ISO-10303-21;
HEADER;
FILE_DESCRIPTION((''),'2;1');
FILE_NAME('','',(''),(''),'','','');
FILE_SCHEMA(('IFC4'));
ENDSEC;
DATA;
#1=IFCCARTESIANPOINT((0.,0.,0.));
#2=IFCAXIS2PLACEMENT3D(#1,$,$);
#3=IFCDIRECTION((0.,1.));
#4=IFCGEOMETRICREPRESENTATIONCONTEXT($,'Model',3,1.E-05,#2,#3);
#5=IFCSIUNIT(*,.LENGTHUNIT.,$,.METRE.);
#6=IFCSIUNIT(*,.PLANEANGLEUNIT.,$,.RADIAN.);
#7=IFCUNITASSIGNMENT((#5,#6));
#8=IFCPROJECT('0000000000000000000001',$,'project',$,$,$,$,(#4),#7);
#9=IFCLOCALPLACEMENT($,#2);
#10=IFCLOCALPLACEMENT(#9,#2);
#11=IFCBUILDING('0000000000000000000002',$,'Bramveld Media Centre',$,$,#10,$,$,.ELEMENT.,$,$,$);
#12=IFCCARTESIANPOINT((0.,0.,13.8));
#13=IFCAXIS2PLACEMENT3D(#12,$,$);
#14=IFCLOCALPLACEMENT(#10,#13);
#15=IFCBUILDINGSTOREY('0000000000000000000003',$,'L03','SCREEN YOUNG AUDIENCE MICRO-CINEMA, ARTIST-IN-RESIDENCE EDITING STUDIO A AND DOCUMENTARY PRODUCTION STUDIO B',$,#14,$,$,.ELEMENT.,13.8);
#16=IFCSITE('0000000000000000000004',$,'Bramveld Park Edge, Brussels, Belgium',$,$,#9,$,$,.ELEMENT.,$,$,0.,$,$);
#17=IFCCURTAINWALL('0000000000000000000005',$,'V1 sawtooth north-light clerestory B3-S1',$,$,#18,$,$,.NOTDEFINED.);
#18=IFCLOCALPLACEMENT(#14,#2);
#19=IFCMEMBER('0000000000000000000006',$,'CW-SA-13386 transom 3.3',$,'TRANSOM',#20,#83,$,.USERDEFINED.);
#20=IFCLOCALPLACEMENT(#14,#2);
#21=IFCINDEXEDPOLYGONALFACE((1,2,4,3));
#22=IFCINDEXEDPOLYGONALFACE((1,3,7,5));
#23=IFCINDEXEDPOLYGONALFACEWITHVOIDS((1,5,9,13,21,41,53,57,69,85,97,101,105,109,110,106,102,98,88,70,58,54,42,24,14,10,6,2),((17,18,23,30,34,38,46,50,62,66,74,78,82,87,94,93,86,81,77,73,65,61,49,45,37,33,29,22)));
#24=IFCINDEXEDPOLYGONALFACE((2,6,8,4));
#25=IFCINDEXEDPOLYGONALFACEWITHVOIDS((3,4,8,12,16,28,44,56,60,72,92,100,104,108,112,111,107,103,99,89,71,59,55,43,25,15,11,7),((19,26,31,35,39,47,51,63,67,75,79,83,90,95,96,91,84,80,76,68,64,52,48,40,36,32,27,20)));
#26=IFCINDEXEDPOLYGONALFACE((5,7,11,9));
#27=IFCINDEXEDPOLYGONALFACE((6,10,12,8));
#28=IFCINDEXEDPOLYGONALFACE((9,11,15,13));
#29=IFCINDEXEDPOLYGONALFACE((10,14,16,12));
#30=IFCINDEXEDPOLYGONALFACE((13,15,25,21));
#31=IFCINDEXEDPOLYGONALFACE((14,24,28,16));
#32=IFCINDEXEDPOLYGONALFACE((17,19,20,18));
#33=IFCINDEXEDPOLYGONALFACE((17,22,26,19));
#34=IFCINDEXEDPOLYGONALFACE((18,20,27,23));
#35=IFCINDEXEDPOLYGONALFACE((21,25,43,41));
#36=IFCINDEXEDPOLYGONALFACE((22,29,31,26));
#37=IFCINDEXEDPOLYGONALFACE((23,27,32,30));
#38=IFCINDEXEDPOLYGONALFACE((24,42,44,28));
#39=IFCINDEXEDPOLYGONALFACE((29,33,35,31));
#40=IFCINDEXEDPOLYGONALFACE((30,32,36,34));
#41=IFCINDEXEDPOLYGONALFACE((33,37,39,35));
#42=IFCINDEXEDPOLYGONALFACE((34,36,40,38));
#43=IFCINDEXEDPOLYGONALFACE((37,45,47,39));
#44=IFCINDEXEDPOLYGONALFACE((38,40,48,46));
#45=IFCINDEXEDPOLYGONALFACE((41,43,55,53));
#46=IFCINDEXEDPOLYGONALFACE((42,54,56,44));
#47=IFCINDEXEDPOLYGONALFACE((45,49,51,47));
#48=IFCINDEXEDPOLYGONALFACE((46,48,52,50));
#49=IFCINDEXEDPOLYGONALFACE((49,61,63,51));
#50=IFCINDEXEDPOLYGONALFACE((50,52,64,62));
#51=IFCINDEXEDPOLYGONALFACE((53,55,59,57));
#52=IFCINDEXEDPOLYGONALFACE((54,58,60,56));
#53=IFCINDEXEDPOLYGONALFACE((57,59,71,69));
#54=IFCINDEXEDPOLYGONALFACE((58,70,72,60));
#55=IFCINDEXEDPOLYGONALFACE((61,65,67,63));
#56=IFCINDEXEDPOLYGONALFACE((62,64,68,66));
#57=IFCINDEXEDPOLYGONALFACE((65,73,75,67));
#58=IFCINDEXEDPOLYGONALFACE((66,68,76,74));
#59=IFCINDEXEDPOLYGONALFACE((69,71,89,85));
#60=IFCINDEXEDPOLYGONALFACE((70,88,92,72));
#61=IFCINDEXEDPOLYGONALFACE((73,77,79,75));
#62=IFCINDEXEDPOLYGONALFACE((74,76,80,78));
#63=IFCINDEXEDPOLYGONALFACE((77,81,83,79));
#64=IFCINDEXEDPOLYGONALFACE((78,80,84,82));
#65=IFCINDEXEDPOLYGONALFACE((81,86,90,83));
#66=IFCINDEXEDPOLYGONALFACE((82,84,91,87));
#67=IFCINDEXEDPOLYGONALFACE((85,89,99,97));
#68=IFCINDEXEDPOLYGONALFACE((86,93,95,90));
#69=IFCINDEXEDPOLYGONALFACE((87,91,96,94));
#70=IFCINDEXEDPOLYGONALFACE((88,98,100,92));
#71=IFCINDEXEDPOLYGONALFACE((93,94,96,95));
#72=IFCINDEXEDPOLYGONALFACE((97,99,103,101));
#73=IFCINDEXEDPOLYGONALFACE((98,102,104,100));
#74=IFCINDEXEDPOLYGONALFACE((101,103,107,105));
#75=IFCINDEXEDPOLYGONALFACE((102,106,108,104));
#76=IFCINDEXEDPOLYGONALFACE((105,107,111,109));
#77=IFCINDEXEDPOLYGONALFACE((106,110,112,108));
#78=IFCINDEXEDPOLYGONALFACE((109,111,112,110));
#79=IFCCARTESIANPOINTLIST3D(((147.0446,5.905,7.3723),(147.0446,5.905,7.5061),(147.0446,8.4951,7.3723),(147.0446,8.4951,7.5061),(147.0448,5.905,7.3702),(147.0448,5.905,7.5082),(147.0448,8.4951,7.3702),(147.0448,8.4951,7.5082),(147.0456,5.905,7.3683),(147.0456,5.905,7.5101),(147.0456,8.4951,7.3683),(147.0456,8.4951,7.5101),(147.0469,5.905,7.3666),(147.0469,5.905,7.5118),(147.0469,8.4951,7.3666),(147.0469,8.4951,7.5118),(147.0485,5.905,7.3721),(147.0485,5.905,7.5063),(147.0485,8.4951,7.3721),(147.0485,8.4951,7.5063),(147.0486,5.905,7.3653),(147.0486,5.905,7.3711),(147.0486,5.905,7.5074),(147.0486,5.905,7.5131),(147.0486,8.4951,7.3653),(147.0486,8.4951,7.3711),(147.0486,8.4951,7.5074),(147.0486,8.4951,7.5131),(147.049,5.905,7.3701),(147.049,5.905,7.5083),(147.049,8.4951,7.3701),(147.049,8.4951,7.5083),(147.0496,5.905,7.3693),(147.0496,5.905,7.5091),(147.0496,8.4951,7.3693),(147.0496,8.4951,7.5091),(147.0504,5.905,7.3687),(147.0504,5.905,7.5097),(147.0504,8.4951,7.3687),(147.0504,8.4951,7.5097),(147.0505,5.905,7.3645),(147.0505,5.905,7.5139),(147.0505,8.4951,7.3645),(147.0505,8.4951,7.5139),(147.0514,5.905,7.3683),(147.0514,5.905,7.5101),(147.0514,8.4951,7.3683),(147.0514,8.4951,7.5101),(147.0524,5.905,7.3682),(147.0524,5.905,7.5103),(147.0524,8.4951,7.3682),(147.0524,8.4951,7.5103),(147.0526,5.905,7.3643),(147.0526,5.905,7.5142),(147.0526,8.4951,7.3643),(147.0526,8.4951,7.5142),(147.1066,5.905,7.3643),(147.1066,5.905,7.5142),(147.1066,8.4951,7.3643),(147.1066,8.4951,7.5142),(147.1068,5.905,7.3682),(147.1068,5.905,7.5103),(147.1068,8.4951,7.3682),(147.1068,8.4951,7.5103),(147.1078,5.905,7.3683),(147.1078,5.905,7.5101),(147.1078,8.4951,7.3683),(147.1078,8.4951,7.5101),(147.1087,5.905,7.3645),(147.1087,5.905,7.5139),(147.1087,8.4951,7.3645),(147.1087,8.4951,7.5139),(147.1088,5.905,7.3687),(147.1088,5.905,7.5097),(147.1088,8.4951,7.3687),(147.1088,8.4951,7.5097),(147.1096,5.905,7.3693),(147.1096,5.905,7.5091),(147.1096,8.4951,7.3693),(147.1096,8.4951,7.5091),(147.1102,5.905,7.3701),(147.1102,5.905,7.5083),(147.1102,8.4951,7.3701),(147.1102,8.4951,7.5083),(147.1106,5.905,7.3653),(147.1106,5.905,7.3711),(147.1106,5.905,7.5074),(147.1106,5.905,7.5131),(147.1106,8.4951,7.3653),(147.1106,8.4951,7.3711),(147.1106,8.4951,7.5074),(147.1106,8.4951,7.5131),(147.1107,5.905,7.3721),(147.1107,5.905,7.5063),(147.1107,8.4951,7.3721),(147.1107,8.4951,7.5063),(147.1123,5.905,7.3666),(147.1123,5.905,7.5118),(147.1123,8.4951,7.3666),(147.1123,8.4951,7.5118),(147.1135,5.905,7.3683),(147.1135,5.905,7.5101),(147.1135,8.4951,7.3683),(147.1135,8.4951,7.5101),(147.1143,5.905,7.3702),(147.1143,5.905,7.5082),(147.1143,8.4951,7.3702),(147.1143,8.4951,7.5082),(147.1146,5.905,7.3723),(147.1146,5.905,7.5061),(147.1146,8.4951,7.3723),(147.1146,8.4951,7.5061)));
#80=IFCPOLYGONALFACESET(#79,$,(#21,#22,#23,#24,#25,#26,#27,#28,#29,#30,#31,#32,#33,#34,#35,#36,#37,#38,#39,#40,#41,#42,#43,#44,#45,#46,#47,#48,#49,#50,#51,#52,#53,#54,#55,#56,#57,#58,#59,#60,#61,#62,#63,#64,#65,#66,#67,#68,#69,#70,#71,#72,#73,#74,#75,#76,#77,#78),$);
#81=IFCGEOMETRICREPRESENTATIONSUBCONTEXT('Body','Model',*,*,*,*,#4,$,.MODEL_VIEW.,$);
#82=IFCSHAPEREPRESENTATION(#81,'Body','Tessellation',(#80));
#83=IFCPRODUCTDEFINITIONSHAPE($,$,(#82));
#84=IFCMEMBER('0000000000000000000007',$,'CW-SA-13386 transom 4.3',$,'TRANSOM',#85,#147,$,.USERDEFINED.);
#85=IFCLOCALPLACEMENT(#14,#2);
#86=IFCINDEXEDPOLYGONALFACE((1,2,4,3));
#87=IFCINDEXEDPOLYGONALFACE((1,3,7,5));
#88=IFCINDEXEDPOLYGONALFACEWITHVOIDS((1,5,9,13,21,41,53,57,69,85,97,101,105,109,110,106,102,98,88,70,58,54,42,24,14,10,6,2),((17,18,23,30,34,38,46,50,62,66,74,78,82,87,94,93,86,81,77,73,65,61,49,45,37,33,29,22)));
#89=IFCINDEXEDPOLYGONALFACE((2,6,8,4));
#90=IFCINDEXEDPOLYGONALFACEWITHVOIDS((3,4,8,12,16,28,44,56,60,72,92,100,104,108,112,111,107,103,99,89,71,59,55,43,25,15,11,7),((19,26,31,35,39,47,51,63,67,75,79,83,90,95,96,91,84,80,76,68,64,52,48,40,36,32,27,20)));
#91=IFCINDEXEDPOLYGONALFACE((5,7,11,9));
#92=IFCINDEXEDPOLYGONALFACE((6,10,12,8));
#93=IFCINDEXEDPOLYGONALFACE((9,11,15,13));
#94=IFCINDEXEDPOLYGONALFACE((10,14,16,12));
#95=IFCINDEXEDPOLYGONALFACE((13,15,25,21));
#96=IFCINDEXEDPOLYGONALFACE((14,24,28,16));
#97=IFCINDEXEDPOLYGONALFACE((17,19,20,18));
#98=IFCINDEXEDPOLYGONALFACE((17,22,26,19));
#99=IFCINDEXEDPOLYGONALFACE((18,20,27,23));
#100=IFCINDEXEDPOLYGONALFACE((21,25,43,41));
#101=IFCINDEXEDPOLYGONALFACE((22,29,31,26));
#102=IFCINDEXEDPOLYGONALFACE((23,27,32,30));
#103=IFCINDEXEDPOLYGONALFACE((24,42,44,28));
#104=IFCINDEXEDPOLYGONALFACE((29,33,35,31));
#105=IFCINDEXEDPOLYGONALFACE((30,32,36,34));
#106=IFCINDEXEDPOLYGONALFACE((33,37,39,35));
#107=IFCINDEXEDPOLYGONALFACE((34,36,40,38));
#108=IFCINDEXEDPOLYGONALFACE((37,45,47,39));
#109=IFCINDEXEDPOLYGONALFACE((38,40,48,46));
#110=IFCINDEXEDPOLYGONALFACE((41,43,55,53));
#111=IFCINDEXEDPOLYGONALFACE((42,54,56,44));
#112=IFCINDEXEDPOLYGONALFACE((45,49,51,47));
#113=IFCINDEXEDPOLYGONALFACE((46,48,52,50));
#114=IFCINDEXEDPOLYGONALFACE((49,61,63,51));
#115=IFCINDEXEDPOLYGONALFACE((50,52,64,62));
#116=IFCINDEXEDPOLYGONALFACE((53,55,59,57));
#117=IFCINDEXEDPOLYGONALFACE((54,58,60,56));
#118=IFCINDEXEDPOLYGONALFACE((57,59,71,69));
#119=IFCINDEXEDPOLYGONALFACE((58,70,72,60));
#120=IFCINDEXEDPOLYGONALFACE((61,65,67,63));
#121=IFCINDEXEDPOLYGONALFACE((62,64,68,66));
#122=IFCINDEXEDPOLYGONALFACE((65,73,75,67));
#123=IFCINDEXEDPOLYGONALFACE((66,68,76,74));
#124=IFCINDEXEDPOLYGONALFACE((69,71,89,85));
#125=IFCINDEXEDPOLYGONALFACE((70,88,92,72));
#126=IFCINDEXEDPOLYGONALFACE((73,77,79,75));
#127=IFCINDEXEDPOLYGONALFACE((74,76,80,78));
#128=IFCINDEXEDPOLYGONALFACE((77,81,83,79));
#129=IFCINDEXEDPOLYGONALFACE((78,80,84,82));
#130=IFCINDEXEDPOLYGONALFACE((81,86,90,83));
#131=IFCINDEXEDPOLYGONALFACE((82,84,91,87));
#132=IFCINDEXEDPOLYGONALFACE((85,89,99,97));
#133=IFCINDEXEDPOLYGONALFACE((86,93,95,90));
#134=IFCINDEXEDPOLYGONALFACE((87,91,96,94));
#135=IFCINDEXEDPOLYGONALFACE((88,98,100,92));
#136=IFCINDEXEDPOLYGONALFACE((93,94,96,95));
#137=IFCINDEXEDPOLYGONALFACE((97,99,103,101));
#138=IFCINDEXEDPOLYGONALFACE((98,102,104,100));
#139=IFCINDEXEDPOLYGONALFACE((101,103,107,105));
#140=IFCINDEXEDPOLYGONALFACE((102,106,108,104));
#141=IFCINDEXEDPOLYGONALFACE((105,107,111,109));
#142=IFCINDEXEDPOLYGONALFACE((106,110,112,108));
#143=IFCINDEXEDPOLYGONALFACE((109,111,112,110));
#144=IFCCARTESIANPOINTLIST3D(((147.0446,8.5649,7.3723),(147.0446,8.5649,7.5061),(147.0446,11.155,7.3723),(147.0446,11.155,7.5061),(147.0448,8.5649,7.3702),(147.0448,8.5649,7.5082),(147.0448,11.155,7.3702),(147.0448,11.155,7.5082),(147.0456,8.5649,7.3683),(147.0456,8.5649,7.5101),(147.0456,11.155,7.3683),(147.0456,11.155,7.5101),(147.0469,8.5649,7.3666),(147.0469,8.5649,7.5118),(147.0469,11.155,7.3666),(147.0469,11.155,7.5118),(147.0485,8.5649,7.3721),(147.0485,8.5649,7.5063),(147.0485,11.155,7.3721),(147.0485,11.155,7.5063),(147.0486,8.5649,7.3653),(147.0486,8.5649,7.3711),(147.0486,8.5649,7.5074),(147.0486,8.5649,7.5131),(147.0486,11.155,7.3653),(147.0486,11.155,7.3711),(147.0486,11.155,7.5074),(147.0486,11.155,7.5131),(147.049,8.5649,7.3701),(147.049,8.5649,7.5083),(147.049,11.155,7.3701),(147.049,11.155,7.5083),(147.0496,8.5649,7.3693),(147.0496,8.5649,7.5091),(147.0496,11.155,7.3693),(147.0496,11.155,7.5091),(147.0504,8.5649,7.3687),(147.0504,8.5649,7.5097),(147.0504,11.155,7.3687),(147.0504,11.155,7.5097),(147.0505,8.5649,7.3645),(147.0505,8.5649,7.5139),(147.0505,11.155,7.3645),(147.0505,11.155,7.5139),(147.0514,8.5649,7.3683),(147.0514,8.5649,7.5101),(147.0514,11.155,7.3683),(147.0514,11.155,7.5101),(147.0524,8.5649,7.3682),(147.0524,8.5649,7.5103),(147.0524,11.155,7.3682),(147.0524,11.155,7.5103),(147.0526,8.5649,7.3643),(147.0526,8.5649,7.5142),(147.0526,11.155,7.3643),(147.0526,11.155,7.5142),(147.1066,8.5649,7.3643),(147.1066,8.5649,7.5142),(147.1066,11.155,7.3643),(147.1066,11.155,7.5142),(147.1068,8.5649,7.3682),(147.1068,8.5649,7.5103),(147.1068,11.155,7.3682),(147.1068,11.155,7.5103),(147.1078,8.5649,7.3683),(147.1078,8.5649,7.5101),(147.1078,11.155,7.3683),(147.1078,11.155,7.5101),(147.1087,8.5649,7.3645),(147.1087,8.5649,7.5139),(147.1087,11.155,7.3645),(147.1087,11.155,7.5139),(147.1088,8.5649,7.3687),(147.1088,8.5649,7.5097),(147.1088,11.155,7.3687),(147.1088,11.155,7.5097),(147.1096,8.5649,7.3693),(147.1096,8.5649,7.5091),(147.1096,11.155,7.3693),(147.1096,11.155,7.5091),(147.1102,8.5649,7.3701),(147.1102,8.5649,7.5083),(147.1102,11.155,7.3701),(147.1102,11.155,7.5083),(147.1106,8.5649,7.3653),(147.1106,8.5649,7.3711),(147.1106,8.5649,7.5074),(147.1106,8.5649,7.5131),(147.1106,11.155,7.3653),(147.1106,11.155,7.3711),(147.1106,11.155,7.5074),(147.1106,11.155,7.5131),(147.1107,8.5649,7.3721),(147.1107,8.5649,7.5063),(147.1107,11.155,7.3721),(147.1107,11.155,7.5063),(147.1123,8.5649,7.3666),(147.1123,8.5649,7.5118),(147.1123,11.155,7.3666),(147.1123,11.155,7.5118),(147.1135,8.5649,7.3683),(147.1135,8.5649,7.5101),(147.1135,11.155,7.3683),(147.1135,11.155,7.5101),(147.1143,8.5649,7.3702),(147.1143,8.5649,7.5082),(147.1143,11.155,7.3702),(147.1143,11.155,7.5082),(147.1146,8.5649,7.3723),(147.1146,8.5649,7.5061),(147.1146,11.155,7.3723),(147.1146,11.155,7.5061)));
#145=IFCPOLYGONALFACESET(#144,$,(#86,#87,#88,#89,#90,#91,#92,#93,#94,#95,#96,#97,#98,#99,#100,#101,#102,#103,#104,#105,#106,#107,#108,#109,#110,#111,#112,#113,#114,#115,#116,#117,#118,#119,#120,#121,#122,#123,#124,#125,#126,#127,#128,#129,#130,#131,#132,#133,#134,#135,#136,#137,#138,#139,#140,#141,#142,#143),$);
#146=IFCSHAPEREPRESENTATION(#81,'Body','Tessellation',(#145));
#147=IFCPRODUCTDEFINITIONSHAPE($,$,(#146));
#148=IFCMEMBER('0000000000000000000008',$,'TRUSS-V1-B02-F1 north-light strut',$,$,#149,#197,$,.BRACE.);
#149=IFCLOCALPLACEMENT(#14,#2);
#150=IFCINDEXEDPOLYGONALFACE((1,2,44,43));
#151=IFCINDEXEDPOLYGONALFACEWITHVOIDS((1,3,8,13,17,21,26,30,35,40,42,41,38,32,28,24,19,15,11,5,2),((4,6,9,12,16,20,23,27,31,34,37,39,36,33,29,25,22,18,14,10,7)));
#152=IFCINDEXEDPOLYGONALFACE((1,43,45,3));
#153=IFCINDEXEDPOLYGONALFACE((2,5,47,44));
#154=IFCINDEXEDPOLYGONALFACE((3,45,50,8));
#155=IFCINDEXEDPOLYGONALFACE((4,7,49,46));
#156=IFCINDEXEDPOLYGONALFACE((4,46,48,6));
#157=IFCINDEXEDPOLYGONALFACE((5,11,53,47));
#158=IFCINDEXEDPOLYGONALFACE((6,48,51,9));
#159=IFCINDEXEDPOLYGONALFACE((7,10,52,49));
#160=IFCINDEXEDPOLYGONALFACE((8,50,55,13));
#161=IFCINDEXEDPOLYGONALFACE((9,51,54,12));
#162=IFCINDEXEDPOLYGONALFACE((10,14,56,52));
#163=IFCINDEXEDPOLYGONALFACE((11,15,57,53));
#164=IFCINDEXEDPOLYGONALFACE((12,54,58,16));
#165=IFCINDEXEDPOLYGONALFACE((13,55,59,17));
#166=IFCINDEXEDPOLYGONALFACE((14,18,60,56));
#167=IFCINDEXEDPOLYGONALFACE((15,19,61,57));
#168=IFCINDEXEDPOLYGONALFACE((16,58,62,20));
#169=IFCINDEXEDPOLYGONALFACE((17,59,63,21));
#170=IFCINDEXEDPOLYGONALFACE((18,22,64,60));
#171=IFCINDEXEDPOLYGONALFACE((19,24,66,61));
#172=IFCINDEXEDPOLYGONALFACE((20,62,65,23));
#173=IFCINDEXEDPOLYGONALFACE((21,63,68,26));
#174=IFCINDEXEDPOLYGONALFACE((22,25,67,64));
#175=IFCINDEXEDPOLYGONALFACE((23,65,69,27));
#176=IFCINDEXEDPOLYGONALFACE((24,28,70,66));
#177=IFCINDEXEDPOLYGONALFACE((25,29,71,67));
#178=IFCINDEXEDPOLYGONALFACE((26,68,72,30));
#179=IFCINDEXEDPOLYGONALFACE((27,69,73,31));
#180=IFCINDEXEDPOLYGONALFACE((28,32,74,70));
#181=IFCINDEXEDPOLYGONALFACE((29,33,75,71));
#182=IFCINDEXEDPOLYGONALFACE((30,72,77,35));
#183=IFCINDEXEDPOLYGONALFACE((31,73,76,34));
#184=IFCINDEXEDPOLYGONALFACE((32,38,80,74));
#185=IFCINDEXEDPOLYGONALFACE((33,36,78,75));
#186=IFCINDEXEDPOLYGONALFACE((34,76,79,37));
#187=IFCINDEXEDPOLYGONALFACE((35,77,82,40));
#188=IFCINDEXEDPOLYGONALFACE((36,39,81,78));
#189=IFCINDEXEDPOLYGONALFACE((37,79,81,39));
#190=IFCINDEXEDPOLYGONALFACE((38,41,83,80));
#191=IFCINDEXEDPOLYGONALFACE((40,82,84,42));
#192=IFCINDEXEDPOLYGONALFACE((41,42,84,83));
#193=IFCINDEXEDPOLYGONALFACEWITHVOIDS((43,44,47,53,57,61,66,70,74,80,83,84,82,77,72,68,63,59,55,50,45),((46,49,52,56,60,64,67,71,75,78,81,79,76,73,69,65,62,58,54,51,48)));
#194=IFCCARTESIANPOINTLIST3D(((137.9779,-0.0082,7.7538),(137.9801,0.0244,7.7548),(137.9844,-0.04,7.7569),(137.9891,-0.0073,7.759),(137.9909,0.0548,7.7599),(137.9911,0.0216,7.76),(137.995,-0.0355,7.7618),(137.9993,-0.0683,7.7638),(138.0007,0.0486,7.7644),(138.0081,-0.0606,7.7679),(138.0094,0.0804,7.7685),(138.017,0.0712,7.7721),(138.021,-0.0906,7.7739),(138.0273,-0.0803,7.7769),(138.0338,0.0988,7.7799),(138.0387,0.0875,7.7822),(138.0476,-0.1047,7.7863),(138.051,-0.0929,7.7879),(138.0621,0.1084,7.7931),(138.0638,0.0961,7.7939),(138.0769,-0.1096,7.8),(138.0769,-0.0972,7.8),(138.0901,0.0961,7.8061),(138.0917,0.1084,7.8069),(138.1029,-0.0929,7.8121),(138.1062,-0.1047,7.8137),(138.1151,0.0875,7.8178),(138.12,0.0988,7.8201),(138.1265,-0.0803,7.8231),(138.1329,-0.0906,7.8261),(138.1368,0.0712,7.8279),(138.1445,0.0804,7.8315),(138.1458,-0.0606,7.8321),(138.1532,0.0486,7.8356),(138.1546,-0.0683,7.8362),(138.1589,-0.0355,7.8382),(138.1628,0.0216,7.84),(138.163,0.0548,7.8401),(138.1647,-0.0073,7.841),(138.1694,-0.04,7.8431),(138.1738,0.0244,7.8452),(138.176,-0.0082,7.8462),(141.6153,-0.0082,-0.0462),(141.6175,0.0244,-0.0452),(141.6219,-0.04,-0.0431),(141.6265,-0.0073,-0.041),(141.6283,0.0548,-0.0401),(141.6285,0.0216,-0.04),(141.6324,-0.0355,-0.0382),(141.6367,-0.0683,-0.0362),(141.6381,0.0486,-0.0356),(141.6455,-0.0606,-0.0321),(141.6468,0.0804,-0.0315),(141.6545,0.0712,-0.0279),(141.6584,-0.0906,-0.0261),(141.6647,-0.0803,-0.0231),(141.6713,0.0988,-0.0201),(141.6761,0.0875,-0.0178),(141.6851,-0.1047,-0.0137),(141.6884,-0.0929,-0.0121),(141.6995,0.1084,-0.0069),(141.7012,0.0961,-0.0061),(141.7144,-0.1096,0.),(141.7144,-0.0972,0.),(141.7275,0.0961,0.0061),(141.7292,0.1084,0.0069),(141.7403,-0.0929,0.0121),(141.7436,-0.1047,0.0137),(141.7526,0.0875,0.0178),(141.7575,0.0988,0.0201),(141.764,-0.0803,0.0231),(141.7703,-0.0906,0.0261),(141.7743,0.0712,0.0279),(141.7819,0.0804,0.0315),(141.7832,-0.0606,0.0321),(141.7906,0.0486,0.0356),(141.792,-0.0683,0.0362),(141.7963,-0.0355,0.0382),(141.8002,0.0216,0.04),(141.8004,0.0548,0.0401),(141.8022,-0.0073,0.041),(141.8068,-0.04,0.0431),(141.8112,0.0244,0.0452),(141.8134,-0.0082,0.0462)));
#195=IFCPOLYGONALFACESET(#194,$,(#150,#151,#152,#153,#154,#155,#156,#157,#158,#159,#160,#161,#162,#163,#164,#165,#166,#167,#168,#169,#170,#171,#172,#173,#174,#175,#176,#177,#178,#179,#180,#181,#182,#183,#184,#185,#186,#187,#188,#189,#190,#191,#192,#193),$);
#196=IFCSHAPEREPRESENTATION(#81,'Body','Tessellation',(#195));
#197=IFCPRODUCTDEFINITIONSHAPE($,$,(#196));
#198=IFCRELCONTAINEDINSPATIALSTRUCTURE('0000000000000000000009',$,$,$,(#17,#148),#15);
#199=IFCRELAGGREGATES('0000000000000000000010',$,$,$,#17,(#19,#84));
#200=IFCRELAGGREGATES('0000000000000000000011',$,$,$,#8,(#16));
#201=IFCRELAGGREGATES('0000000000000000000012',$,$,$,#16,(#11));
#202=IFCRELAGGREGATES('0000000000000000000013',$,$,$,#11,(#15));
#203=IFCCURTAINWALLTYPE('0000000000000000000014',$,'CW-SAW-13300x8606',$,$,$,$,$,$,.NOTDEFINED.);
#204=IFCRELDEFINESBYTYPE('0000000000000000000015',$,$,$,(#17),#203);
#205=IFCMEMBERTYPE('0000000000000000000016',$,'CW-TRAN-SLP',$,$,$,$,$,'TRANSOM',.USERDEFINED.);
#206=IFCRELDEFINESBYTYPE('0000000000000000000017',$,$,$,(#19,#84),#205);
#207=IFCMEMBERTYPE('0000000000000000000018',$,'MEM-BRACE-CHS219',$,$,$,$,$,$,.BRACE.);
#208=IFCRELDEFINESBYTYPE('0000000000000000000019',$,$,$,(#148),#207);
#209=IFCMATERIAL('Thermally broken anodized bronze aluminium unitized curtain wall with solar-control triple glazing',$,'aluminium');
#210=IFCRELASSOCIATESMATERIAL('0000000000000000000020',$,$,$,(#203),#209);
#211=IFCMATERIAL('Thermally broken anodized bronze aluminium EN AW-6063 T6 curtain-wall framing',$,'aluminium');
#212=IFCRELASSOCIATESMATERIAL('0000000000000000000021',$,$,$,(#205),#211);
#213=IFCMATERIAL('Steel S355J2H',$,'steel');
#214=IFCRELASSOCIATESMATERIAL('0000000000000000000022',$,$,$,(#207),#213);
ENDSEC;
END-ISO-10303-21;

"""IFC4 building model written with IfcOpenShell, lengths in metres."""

from ifc_helpers import new_model, si_unit, direction, frame, origin, origin_2d, place, context, subcontext, project, spatial, hollow_rectangle, hollow_circle, extrude, material, material_profile, profile_set, type_object, element, aggregate, save


model = new_model("IFC4")

# Units and contexts
model_context = context("Model", 3, precision=1e-05, world=origin(), true_north=direction((0.0, 1.0)))
body_context = subcontext(model_context, "Body", "Model", "MODEL_VIEW")
ifc_project = project(units=[si_unit("LENGTHUNIT", "METRE"), si_unit("PLANEANGLEUNIT", "RADIAN")], contexts=[model_context])

# Site, building, storey
site_placement = place(None, origin())
site = spatial("IfcSite", under=ifc_project, at=site_placement, Name="Bramveld Park Edge, Brussels, Belgium", CompositionType="ELEMENT", RefElevation=0.0)
building_placement = place(site_placement, origin())
building = spatial("IfcBuilding", under=site, at=building_placement, Name="Bramveld Media Centre", CompositionType="ELEMENT")
storey_placement = place(building_placement, frame((0.0, 0.0, 13.8)))
storey = spatial("IfcBuildingStorey", under=building, at=storey_placement, Name="L03", Description="SCREEN YOUNG AUDIENCE MICRO-CINEMA, ARTIST-IN-RESIDENCE EDITING STUDIO A AND DOCUMENTARY PRODUCTION STUDIO B", CompositionType="ELEMENT", Elevation=13.8)

# Curtain wall, members
ifc_material_1 = material(Name="Thermally broken anodized bronze aluminium unitized curtain wall with solar-control triple glazing", Category="aluminium")
curtain_wall_type = type_object("IfcCurtainWallType", Name="CW-SAW-13300x8606", PredefinedType="NOTDEFINED", material=ifc_material_1)
ifc_material_2 = material(Name="Thermally broken anodized bronze aluminium EN AW-6063 T6 curtain-wall framing", Category="aluminium")
ifc_material_profile_1 = material_profile(ifc_material_2, hollow_rectangle(XDim=0.0701, YDim=0.1499, WallThickness=0.0039, InnerFilletRadius=0.0039, OuterFilletRadius=0.0081, at=origin_2d()), Name="AL-TRAN 70x150")
ifc_profile_set_1 = profile_set([ifc_material_profile_1], Name="Thermally broken anodized bronze aluminium EN AW-6063 T6 curtain-wall framing")
member_type_1 = type_object("IfcMemberType", Name="CW-TRAN-SLP", ElementType="TRANSOM", PredefinedType="USERDEFINED", material=ifc_profile_set_1)
curtain_wall_1_placement = place(storey_placement, origin())
curtain_wall_1 = element("IfcCurtainWall", 1, at=curtain_wall_1_placement, inside=storey, type_object=curtain_wall_type, Name="V1 sawtooth north-light clerestory B3-S1", PredefinedType="NOTDEFINED")
member_1_placement = place(storey_placement, frame((147.0796, 5.905, 7.4392), z_axis=(0.0, 1.0, 0.0), x_axis=(-1.0, 0.0, 0.0)))
member_1 = element("IfcMember", 2, at=member_1_placement, type_object=member_type_1, Name="CW-SA-13386 transom 3.3", ObjectType="TRANSOM", PredefinedType="USERDEFINED", context=body_context, shape_type="SweptSolid", body=[
    extrude(hollow_rectangle(XDim=0.0701, YDim=0.1499, WallThickness=0.0039, InnerFilletRadius=0.0039, OuterFilletRadius=0.0081, at=origin_2d()), origin(), (0.0, 0.0, 1.0), 2.5901),
])
member_2_placement = place(storey_placement, frame((147.0796, 8.5649, 7.4392), z_axis=(0.0, 1.0, 0.0), x_axis=(-1.0, 0.0, 0.0)))
member_2 = element("IfcMember", 3, at=member_2_placement, type_object=member_type_1, Name="CW-SA-13386 transom 4.3", ObjectType="TRANSOM", PredefinedType="USERDEFINED", context=body_context, shape_type="SweptSolid", body=[
    extrude(hollow_rectangle(XDim=0.0701, YDim=0.1499, WallThickness=0.0039, InnerFilletRadius=0.0039, OuterFilletRadius=0.0081, at=origin_2d()), origin(), (0.0, 0.0, 1.0), 2.5901),
])

# Member
ifc_material_3 = material(Name="Steel S355J2H", Category="steel")
ifc_material_profile_2 = material_profile(ifc_material_3, hollow_circle(Radius=0.1096, WallThickness=0.0125, at=origin_2d()), Name="CHS 219.1x12.5")
ifc_profile_set_2 = profile_set([ifc_material_profile_2], Name="Steel S355J2H")
member_type_2 = type_object("IfcMemberType", Name="MEM-BRACE-CHS219", PredefinedType="BRACE", material=ifc_profile_set_2)
for number, where, z_axis, x_axis, name in (
    (4, (141.7144, 0.0, 0.0), (-0.42264, 0.0, 0.906298), (0.0, -1.0, 0.0), "TRUSS-V1-B02-F1 north-light strut"),
):
    element("IfcMember", number, at=place(storey_placement, frame(where, z_axis=z_axis, x_axis=x_axis)), inside=storey, type_object=member_type_2, Name=name, PredefinedType="BRACE", context=body_context, shape_type="SweptSolid", body=[
        extrude(hollow_circle(Radius=0.1096, WallThickness=0.0125, at=origin_2d()), origin(), (0.0, 0.0, 1.0), 8.6064),
    ])

aggregate(curtain_wall_1, [member_1, member_2])

save(model, "model.ifc")
